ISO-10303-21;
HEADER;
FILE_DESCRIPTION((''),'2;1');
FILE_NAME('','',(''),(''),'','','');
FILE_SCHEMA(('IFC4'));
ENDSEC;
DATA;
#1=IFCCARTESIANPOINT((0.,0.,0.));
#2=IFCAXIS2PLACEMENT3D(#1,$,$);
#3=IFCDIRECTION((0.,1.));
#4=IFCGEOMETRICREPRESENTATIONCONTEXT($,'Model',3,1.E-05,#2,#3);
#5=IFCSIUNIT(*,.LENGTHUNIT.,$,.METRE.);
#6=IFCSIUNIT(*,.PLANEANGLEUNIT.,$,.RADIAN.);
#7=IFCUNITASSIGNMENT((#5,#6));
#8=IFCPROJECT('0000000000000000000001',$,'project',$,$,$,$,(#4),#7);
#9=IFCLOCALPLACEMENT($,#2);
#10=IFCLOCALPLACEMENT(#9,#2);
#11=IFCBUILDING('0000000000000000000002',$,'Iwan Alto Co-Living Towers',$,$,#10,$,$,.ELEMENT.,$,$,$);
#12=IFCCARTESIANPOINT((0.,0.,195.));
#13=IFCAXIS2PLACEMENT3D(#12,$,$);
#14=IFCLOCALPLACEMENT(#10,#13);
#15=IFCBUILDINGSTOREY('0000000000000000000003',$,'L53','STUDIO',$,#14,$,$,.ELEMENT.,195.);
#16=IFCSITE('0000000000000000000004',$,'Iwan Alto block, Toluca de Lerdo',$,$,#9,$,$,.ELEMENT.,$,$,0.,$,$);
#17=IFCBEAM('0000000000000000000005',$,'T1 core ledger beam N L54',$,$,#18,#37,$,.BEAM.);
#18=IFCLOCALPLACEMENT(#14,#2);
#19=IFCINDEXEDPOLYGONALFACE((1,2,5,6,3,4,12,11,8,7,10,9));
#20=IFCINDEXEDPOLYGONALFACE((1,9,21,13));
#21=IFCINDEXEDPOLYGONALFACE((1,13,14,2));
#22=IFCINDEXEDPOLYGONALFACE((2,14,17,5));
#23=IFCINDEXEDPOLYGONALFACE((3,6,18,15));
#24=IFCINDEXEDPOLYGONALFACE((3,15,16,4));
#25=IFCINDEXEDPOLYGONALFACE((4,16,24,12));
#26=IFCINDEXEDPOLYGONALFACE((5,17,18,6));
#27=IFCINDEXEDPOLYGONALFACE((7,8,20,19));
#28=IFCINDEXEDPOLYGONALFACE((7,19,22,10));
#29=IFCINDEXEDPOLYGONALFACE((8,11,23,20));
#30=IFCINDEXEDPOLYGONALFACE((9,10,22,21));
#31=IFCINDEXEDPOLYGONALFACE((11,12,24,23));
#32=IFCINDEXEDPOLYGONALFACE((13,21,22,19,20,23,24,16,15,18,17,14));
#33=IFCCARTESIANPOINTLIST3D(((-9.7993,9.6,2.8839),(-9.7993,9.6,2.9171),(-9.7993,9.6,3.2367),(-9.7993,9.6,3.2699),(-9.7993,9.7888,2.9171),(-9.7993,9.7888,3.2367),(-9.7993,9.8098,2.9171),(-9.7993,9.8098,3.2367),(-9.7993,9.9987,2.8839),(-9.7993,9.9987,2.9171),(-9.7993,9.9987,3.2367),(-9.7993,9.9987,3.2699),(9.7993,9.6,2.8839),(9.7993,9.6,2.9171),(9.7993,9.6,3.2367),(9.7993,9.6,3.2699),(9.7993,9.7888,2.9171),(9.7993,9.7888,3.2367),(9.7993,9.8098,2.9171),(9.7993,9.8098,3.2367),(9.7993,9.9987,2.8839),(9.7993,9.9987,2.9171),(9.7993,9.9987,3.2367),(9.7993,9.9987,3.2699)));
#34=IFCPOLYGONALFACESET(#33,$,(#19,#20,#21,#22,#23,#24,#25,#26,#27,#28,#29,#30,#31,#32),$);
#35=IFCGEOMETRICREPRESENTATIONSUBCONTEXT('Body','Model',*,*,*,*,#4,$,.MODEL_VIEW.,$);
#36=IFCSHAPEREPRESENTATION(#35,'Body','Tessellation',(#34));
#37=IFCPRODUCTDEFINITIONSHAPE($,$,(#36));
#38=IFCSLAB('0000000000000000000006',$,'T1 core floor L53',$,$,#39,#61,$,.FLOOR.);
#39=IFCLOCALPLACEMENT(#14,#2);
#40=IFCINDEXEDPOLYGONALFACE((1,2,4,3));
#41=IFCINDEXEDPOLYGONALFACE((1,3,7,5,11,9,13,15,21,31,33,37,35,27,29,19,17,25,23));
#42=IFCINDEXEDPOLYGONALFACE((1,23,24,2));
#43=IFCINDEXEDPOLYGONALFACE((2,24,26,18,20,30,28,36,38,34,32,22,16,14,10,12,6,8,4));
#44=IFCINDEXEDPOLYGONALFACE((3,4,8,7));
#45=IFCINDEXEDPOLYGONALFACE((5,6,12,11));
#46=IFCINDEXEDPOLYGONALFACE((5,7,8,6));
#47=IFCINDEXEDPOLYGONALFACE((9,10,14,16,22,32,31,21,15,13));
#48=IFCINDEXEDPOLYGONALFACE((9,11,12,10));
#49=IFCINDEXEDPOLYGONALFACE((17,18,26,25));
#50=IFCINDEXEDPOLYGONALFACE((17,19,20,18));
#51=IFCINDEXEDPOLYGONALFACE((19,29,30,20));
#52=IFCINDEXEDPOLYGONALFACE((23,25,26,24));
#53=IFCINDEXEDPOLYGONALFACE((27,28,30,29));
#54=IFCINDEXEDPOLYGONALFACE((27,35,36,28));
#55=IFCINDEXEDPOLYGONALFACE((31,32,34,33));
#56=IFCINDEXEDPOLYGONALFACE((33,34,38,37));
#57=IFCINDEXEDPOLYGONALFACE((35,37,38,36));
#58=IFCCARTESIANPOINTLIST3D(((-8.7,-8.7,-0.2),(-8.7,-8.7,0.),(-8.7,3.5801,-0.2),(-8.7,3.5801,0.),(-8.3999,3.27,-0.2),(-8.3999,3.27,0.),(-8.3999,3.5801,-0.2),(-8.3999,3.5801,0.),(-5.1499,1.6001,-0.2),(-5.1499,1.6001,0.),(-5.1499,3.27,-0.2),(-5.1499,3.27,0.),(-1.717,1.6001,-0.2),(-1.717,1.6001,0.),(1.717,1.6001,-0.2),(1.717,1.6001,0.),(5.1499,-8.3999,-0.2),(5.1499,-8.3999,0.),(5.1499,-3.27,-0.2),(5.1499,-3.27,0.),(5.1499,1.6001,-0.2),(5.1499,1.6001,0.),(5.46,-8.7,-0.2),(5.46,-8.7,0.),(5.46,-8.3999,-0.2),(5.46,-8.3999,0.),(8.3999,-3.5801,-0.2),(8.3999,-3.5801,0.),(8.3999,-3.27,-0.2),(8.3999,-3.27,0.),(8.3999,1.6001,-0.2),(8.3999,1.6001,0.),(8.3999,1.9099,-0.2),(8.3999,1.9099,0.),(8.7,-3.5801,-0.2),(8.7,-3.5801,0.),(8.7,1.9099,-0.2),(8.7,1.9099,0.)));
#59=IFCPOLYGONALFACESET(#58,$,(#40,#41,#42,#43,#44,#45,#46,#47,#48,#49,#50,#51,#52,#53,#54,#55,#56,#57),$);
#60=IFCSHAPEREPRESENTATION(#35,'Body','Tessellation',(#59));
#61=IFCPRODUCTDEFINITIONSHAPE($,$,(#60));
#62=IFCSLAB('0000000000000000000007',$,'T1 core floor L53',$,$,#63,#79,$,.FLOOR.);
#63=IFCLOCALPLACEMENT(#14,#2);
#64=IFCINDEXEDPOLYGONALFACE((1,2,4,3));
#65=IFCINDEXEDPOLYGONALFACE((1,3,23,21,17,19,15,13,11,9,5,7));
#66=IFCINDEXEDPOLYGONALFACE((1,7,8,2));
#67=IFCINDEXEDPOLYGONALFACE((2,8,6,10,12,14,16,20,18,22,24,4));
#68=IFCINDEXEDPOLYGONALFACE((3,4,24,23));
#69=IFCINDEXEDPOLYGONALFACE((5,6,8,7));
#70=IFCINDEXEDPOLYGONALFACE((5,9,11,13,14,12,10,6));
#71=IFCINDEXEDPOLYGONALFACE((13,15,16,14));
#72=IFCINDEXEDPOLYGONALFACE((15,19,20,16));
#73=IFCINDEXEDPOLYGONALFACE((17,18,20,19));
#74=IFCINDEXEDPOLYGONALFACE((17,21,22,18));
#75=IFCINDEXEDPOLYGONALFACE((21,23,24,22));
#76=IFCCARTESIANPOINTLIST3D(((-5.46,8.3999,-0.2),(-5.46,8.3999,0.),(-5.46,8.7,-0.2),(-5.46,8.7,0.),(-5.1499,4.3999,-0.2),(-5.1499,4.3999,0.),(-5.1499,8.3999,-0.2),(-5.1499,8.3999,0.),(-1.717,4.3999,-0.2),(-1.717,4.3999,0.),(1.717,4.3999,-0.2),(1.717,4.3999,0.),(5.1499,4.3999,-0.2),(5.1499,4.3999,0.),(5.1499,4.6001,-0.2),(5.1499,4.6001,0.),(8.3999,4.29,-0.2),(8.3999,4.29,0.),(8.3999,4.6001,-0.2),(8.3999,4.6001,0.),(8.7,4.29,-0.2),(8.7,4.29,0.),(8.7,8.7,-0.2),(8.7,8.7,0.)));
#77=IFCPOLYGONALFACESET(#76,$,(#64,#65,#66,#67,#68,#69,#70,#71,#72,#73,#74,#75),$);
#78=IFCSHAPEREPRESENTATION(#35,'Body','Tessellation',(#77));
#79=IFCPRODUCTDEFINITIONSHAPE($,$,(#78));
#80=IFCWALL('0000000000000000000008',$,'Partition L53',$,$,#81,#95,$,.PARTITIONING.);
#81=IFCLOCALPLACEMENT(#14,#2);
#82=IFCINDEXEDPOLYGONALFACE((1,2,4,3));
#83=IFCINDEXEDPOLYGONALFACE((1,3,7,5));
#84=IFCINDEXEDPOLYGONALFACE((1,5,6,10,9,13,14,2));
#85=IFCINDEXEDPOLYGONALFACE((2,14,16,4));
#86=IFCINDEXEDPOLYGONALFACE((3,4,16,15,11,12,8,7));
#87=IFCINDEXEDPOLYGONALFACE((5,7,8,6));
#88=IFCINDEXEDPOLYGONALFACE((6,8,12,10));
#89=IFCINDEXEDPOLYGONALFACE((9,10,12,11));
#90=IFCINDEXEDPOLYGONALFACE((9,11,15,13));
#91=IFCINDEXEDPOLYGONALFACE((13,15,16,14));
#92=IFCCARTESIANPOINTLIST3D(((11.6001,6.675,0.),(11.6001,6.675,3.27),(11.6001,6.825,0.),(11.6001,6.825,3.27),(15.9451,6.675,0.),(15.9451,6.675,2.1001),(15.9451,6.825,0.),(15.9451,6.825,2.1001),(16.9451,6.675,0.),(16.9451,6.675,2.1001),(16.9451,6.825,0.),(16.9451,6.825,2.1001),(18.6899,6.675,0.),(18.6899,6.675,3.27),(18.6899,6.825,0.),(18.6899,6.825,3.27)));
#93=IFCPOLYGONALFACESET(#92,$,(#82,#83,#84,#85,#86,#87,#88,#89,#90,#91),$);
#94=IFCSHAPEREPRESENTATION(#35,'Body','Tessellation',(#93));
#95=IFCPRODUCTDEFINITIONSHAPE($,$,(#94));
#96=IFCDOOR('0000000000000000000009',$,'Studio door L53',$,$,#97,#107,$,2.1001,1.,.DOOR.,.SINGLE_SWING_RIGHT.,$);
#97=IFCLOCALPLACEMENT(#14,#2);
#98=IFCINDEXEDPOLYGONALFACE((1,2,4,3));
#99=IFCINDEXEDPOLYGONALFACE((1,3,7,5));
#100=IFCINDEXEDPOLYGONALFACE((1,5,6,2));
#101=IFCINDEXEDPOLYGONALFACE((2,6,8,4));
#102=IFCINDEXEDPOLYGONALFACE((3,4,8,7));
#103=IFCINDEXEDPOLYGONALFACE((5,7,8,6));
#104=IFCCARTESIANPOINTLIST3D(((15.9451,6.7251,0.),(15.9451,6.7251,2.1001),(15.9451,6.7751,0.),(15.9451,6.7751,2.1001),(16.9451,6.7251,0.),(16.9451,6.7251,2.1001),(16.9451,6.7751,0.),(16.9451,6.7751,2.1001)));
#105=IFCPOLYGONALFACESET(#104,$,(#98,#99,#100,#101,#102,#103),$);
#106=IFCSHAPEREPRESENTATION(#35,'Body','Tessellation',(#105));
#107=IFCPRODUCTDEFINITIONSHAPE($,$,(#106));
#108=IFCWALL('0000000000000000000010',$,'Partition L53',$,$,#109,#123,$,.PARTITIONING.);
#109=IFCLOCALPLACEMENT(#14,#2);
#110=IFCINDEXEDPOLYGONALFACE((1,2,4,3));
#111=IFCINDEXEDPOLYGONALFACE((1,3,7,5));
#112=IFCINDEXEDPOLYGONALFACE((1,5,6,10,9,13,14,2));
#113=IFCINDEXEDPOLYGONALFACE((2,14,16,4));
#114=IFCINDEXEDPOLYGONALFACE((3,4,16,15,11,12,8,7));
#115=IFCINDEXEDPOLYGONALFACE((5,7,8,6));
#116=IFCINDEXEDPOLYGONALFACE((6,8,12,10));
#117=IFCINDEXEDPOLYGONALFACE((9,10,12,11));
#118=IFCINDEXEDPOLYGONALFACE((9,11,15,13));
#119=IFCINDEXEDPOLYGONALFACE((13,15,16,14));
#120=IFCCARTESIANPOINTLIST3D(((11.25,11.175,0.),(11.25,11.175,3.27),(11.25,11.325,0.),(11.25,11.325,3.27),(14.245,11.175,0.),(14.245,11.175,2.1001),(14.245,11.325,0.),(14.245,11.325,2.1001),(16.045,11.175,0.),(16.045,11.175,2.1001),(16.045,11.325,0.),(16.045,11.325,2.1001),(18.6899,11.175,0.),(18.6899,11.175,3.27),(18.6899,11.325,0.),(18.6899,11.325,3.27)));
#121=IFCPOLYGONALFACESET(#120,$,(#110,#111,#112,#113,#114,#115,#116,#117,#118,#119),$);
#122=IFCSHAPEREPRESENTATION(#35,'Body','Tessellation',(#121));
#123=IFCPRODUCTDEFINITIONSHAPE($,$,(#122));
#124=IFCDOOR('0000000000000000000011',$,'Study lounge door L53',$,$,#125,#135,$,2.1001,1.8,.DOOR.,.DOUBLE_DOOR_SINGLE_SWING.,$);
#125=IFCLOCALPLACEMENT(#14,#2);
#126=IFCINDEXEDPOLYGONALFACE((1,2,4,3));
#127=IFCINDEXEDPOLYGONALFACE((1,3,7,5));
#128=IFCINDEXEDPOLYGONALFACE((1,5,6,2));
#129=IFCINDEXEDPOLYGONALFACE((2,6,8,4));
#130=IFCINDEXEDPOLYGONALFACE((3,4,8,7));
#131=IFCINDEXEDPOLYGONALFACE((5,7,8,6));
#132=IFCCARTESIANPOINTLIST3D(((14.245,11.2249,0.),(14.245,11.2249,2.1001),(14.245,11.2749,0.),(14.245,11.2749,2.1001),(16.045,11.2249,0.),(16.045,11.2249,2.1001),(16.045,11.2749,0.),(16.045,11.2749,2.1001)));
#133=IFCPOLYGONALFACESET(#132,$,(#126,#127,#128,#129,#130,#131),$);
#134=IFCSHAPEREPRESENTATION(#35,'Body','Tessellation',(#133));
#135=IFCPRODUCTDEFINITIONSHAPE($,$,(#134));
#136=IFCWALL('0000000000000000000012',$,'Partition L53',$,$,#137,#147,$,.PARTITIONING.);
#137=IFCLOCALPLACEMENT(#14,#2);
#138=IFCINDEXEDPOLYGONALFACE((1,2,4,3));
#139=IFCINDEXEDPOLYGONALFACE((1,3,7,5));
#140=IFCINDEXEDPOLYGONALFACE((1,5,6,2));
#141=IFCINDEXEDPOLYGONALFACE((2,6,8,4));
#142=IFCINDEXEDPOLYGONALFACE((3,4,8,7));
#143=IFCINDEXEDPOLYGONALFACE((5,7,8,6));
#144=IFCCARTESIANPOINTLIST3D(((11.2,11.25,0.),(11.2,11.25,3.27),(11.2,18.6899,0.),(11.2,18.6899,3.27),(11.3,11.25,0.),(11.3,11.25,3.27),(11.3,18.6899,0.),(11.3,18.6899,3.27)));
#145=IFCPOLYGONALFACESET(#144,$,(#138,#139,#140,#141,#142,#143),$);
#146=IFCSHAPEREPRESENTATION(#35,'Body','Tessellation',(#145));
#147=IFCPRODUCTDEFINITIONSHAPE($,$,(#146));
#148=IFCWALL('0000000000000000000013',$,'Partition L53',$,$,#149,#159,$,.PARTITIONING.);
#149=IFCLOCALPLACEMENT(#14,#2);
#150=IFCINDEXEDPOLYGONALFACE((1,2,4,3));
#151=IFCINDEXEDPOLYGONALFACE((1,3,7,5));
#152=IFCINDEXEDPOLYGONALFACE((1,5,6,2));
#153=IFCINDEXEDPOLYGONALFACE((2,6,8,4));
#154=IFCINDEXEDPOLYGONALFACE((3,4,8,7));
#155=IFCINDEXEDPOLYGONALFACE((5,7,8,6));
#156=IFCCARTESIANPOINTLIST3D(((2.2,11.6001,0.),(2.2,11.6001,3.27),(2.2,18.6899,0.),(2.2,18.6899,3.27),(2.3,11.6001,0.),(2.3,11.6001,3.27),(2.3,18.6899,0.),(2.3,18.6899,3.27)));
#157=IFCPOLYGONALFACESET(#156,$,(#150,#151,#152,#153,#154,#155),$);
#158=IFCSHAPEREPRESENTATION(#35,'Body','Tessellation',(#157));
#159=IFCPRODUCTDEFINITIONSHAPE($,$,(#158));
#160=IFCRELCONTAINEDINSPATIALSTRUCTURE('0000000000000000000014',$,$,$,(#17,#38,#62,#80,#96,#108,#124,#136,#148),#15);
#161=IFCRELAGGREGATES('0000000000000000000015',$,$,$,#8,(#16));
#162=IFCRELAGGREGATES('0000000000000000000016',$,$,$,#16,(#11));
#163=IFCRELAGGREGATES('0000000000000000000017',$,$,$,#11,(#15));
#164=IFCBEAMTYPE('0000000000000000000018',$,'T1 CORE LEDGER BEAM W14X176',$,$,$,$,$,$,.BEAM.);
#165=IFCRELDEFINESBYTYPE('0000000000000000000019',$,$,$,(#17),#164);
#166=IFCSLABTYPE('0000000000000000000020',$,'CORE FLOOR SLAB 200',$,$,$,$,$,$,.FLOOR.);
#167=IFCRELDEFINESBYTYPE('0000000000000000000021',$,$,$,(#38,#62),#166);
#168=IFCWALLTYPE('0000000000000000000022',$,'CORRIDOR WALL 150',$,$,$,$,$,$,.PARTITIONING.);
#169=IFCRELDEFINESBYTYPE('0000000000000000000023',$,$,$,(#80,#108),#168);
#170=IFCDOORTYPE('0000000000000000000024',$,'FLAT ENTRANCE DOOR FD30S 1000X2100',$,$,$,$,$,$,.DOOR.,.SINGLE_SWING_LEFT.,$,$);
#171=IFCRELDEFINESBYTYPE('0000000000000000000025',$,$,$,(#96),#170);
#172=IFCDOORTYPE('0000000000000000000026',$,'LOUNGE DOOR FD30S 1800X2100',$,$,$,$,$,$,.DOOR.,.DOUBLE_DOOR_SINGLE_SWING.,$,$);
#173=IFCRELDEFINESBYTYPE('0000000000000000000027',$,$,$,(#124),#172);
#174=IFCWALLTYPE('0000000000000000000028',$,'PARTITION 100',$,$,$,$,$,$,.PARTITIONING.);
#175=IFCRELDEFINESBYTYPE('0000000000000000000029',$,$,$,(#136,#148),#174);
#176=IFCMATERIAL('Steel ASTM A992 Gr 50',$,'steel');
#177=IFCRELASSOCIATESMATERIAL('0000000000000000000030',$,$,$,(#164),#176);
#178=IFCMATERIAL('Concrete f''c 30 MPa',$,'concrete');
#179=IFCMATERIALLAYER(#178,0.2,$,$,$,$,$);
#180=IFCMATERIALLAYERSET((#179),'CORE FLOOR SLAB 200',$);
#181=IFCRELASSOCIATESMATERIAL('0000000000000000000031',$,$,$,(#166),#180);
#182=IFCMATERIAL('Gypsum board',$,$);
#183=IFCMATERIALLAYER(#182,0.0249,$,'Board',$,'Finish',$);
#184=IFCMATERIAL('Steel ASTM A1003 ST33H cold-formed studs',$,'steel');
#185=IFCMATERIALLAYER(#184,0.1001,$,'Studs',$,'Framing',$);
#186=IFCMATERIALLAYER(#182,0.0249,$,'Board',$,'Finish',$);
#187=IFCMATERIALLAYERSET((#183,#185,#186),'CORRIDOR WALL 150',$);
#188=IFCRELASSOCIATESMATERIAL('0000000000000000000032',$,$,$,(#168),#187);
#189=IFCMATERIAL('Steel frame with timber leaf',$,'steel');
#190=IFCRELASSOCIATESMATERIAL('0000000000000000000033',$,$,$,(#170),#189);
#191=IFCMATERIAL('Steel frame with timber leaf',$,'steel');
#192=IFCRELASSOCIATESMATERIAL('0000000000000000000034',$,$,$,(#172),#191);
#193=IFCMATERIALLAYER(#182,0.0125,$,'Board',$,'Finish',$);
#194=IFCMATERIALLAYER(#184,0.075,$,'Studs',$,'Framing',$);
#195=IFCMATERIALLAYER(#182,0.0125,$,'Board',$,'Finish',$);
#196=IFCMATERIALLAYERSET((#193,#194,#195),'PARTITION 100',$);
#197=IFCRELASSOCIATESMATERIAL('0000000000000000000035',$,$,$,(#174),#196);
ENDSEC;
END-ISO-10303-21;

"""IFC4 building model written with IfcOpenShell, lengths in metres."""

from ifc_helpers import new_model, si_unit, direction, frame, frame_2d, origin, origin_2d, place, context, subcontext, project, spatial, polyline, rectangle, i_section, outline, extrude, material, layer, layer_set, material_profile, profile_set, type_object, element, fill, save


model = new_model("IFC4")

# Units and contexts
model_context = context("Model", 3, precision=1e-05, world=origin(), true_north=direction((0.0, 1.0)))
body_context = subcontext(model_context, "Body", "Model", "MODEL_VIEW")
ifc_project = project(units=[si_unit("LENGTHUNIT", "METRE"), si_unit("PLANEANGLEUNIT", "RADIAN")], contexts=[model_context])

# Site, building, storey
site_placement = place(None, origin())
site = spatial("IfcSite", under=ifc_project, at=site_placement, Name="Iwan Alto block, Toluca de Lerdo", CompositionType="ELEMENT", RefElevation=0.0)
building_placement = place(site_placement, origin())
building = spatial("IfcBuilding", under=site, at=building_placement, Name="Iwan Alto Co-Living Towers", CompositionType="ELEMENT")
storey_placement = place(building_placement, frame((0.0, 0.0, 195.0)))
storey = spatial("IfcBuildingStorey", under=building, at=storey_placement, Name="L53", Description="STUDIO", CompositionType="ELEMENT", Elevation=195.0)

# Beam
ifc_material_1 = material(Name="Steel ASTM A992 Gr 50", Category="steel")
ifc_material_profile = material_profile(ifc_material_1, i_section(OverallWidth=0.3987, OverallDepth=0.386, WebThickness=0.021, FlangeThickness=0.0332, at=origin_2d()), Name="W14X176")
ifc_profile_set = profile_set([ifc_material_profile], Name="Steel ASTM A992 Gr 50")
beam_type = type_object("IfcBeamType", Name="T1 CORE LEDGER BEAM W14X176", PredefinedType="BEAM", material=ifc_profile_set)
beam_placement = place(storey_placement, frame((9.7993, 9.7993, 3.0769), z_axis=(-1.0, 0.0, 0.0), x_axis=(0.0, -1.0, 0.0)))
element("IfcBeam", 1, at=beam_placement, inside=storey, type_object=beam_type, Name="T1 core ledger beam N L54", PredefinedType="BEAM", context=body_context, shape_type="SweptSolid", body=[
    extrude(i_section(OverallWidth=0.3987, OverallDepth=0.386, WebThickness=0.021, FlangeThickness=0.0332, at=origin_2d()), origin(), (0.0, 0.0, 1.0), 19.5986),
])

# Slabs
ifc_material_2 = material(Name="Concrete f'c 30 MPa", Category="concrete")
ifc_layer_1 = layer(ifc_material_2, 0.2)
ifc_layer_set_1 = layer_set([ifc_layer_1], Name="CORE FLOOR SLAB 200")
slab_type = type_object("IfcSlabType", Name="CORE FLOOR SLAB 200", PredefinedType="FLOOR", material=ifc_layer_set_1)
slab_1_placement = place(storey_placement, frame((0.0, 0.0, -0.2)))
element("IfcSlab", 2, at=slab_1_placement, inside=storey, type_object=slab_type, Name="T1 core floor L53", PredefinedType="FLOOR", context=body_context, shape_type="SweptSolid", body=[
    extrude(outline(polyline([(5.1499, -8.3999), (5.46, -8.3999), (5.46, -8.7), (-8.7, -8.7), (-8.7, 3.5801), (-8.3999, 3.5801), (-8.3999, 3.27), (-5.1499, 3.27), (-5.1499, 1.6001), (-1.717, 1.6001), (1.717, 1.6001), (5.1499, 1.6001), (8.3999, 1.6001), (8.3999, 1.9099), (8.7, 1.9099), (8.7, -3.5801), (8.3999, -3.5801), (8.3999, -3.27), (5.1499, -3.27), (5.1499, -8.3999)])), origin(), (0.0, 0.0, 1.0), 0.2),
])
slab_2_placement = place(storey_placement, frame((0.0, 0.0, -0.2)))
element("IfcSlab", 3, at=slab_2_placement, inside=storey, type_object=slab_type, Name="T1 core floor L53", PredefinedType="FLOOR", context=body_context, shape_type="SweptSolid", body=[
    extrude(outline(polyline([(1.717, 4.3999), (-1.717, 4.3999), (-5.1499, 4.3999), (-5.1499, 8.3999), (-5.46, 8.3999), (-5.46, 8.7), (8.7, 8.7), (8.7, 4.29), (8.3999, 4.29), (8.3999, 4.6001), (5.1499, 4.6001), (5.1499, 4.3999), (1.717, 4.3999)])), origin(), (0.0, 0.0, 1.0), 0.2),
])

# Walls, openings, doors
ifc_material_3 = material(Name="Gypsum board")
ifc_layer_2 = layer(ifc_material_3, 0.0249, Name="Board", Category="Finish")
ifc_material_4 = material(Name="Steel ASTM A1003 ST33H cold-formed studs", Category="steel")
ifc_layer_3 = layer(ifc_material_4, 0.1001, Name="Studs", Category="Framing")
ifc_layer_4 = layer(ifc_material_3, 0.0249, Name="Board", Category="Finish")
ifc_layer_set_2 = layer_set([ifc_layer_2, ifc_layer_3, ifc_layer_4], Name="CORRIDOR WALL 150")
wall_type_1 = type_object("IfcWallType", Name="CORRIDOR WALL 150", PredefinedType="PARTITIONING", material=ifc_layer_set_2)
wall_1_placement = place(storey_placement, frame((11.6001, 6.75, 0.0), z_axis=(0.0, 0.0, 1.0), x_axis=(1.0, 0.0, 0.0)))
wall_1 = element("IfcWall", 4, at=wall_1_placement, inside=storey, type_object=wall_type_1, Name="Partition L53", PredefinedType="PARTITIONING", context=body_context, shape_type="SweptSolid", body=[
    extrude(rectangle(XDim=7.0898, YDim=0.1499, at=frame_2d((3.5449, 0.0))), origin(), (0.0, 0.0, 1.0), 3.27),
])
opening_1_placement = place(wall_1_placement, frame((4.345, 0.0, 0.0)))
opening_1 = element("IfcOpeningElement", 5, at=opening_1_placement, cuts=wall_1, PredefinedType="OPENING", context=body_context, shape_type="SweptSolid", body=[
    extrude(rectangle(XDim=1.0, YDim=2.1001, at=frame_2d((0.5, 1.05))), frame((0.0, 0.085, 0.0), z_axis=(0.0, -1.0, 0.0), x_axis=(1.0, 0.0, 0.0)), (0.0, 0.0, 1.0), 0.1699),
])
ifc_material_5 = material(Name="Steel frame with timber leaf", Category="steel")
door_type_1 = type_object("IfcDoorType", Name="FLAT ENTRANCE DOOR FD30S 1000X2100", OperationType="SINGLE_SWING_LEFT", PredefinedType="DOOR", material=ifc_material_5)
door_1_placement = place(opening_1_placement, frame((1.0, 0.0, 0.0), z_axis=(0.0, 0.0, 1.0), x_axis=(-1.0, 0.0, 0.0)))
door_1 = element("IfcDoor", 6, at=door_1_placement, inside=storey, type_object=door_type_1, Name="Studio door L53", OperationType="SINGLE_SWING_RIGHT", OverallHeight=2.1001, OverallWidth=1.0, PredefinedType="DOOR", context=body_context, shape_type="SweptSolid", body=[
    extrude(rectangle(XDim=1.0, YDim=2.1001, at=frame_2d((0.5, 1.05))), frame((0.0, 0.0249, 0.0), z_axis=(0.0, -1.0, 0.0), x_axis=(1.0, 0.0, 0.0)), (0.0, 0.0, 1.0), 0.05),
])
fill(opening_1, door_1)
wall_2_placement = place(storey_placement, frame((11.25, 11.25, 0.0), z_axis=(0.0, 0.0, 1.0), x_axis=(1.0, 0.0, 0.0)))
wall_2 = element("IfcWall", 7, at=wall_2_placement, inside=storey, type_object=wall_type_1, Name="Partition L53", PredefinedType="PARTITIONING", context=body_context, shape_type="SweptSolid", body=[
    extrude(rectangle(XDim=7.4399, YDim=0.1499, at=frame_2d((3.72, 0.0))), origin(), (0.0, 0.0, 1.0), 3.27),
])
opening_2_placement = place(wall_2_placement, frame((2.9951, 0.0, 0.0)))
opening_2 = element("IfcOpeningElement", 8, at=opening_2_placement, cuts=wall_2, PredefinedType="OPENING", context=body_context, shape_type="SweptSolid", body=[
    extrude(rectangle(XDim=1.8, YDim=2.1001, at=frame_2d((0.8999, 1.05))), frame((0.0, 0.085, 0.0), z_axis=(0.0, -1.0, 0.0), x_axis=(1.0, 0.0, 0.0)), (0.0, 0.0, 1.0), 0.1699),
])
ifc_material_6 = material(Name="Steel frame with timber leaf", Category="steel")
door_type_2 = type_object("IfcDoorType", Name="LOUNGE DOOR FD30S 1800X2100", OperationType="DOUBLE_DOOR_SINGLE_SWING", PredefinedType="DOOR", material=ifc_material_6)
door_2_placement = place(opening_2_placement, origin())
door_2 = element("IfcDoor", 9, at=door_2_placement, inside=storey, type_object=door_type_2, Name="Study lounge door L53", OperationType="DOUBLE_DOOR_SINGLE_SWING", OverallHeight=2.1001, OverallWidth=1.8, PredefinedType="DOOR", context=body_context, shape_type="SweptSolid", body=[
    extrude(rectangle(XDim=1.8, YDim=2.1001, at=frame_2d((0.8999, 1.05))), frame((0.0, 0.0249, 0.0), z_axis=(0.0, -1.0, 0.0), x_axis=(1.0, 0.0, 0.0)), (0.0, 0.0, 1.0), 0.05),
])
fill(opening_2, door_2)

# Walls
ifc_layer_5 = layer(ifc_material_3, 0.0125, Name="Board", Category="Finish")
ifc_layer_6 = layer(ifc_material_4, 0.075, Name="Studs", Category="Framing")
ifc_layer_7 = layer(ifc_material_3, 0.0125, Name="Board", Category="Finish")
ifc_layer_set_3 = layer_set([ifc_layer_5, ifc_layer_6, ifc_layer_7], Name="PARTITION 100")
wall_type_2 = type_object("IfcWallType", Name="PARTITION 100", PredefinedType="PARTITIONING", material=ifc_layer_set_3)
wall_3_placement = place(storey_placement, frame((11.25, 11.25, 0.0), z_axis=(0.0, 0.0, 1.0), x_axis=(0.0, 1.0, 0.0)))
element("IfcWall", 10, at=wall_3_placement, inside=storey, type_object=wall_type_2, Name="Partition L53", PredefinedType="PARTITIONING", context=body_context, shape_type="SweptSolid", body=[
    extrude(rectangle(XDim=7.4399, YDim=0.1001, at=frame_2d((3.72, 0.0))), origin(), (0.0, 0.0, 1.0), 3.27),
])
wall_4_placement = place(storey_placement, frame((2.25, 11.6001, 0.0), z_axis=(0.0, 0.0, 1.0), x_axis=(0.0, 1.0, 0.0)))
element("IfcWall", 11, at=wall_4_placement, inside=storey, type_object=wall_type_2, Name="Partition L53", PredefinedType="PARTITIONING", context=body_context, shape_type="SweptSolid", body=[
    extrude(rectangle(XDim=7.0898, YDim=0.1001, at=frame_2d((3.5449, 0.0))), origin(), (0.0, 0.0, 1.0), 3.27),
])

save(model, "model.ifc")
